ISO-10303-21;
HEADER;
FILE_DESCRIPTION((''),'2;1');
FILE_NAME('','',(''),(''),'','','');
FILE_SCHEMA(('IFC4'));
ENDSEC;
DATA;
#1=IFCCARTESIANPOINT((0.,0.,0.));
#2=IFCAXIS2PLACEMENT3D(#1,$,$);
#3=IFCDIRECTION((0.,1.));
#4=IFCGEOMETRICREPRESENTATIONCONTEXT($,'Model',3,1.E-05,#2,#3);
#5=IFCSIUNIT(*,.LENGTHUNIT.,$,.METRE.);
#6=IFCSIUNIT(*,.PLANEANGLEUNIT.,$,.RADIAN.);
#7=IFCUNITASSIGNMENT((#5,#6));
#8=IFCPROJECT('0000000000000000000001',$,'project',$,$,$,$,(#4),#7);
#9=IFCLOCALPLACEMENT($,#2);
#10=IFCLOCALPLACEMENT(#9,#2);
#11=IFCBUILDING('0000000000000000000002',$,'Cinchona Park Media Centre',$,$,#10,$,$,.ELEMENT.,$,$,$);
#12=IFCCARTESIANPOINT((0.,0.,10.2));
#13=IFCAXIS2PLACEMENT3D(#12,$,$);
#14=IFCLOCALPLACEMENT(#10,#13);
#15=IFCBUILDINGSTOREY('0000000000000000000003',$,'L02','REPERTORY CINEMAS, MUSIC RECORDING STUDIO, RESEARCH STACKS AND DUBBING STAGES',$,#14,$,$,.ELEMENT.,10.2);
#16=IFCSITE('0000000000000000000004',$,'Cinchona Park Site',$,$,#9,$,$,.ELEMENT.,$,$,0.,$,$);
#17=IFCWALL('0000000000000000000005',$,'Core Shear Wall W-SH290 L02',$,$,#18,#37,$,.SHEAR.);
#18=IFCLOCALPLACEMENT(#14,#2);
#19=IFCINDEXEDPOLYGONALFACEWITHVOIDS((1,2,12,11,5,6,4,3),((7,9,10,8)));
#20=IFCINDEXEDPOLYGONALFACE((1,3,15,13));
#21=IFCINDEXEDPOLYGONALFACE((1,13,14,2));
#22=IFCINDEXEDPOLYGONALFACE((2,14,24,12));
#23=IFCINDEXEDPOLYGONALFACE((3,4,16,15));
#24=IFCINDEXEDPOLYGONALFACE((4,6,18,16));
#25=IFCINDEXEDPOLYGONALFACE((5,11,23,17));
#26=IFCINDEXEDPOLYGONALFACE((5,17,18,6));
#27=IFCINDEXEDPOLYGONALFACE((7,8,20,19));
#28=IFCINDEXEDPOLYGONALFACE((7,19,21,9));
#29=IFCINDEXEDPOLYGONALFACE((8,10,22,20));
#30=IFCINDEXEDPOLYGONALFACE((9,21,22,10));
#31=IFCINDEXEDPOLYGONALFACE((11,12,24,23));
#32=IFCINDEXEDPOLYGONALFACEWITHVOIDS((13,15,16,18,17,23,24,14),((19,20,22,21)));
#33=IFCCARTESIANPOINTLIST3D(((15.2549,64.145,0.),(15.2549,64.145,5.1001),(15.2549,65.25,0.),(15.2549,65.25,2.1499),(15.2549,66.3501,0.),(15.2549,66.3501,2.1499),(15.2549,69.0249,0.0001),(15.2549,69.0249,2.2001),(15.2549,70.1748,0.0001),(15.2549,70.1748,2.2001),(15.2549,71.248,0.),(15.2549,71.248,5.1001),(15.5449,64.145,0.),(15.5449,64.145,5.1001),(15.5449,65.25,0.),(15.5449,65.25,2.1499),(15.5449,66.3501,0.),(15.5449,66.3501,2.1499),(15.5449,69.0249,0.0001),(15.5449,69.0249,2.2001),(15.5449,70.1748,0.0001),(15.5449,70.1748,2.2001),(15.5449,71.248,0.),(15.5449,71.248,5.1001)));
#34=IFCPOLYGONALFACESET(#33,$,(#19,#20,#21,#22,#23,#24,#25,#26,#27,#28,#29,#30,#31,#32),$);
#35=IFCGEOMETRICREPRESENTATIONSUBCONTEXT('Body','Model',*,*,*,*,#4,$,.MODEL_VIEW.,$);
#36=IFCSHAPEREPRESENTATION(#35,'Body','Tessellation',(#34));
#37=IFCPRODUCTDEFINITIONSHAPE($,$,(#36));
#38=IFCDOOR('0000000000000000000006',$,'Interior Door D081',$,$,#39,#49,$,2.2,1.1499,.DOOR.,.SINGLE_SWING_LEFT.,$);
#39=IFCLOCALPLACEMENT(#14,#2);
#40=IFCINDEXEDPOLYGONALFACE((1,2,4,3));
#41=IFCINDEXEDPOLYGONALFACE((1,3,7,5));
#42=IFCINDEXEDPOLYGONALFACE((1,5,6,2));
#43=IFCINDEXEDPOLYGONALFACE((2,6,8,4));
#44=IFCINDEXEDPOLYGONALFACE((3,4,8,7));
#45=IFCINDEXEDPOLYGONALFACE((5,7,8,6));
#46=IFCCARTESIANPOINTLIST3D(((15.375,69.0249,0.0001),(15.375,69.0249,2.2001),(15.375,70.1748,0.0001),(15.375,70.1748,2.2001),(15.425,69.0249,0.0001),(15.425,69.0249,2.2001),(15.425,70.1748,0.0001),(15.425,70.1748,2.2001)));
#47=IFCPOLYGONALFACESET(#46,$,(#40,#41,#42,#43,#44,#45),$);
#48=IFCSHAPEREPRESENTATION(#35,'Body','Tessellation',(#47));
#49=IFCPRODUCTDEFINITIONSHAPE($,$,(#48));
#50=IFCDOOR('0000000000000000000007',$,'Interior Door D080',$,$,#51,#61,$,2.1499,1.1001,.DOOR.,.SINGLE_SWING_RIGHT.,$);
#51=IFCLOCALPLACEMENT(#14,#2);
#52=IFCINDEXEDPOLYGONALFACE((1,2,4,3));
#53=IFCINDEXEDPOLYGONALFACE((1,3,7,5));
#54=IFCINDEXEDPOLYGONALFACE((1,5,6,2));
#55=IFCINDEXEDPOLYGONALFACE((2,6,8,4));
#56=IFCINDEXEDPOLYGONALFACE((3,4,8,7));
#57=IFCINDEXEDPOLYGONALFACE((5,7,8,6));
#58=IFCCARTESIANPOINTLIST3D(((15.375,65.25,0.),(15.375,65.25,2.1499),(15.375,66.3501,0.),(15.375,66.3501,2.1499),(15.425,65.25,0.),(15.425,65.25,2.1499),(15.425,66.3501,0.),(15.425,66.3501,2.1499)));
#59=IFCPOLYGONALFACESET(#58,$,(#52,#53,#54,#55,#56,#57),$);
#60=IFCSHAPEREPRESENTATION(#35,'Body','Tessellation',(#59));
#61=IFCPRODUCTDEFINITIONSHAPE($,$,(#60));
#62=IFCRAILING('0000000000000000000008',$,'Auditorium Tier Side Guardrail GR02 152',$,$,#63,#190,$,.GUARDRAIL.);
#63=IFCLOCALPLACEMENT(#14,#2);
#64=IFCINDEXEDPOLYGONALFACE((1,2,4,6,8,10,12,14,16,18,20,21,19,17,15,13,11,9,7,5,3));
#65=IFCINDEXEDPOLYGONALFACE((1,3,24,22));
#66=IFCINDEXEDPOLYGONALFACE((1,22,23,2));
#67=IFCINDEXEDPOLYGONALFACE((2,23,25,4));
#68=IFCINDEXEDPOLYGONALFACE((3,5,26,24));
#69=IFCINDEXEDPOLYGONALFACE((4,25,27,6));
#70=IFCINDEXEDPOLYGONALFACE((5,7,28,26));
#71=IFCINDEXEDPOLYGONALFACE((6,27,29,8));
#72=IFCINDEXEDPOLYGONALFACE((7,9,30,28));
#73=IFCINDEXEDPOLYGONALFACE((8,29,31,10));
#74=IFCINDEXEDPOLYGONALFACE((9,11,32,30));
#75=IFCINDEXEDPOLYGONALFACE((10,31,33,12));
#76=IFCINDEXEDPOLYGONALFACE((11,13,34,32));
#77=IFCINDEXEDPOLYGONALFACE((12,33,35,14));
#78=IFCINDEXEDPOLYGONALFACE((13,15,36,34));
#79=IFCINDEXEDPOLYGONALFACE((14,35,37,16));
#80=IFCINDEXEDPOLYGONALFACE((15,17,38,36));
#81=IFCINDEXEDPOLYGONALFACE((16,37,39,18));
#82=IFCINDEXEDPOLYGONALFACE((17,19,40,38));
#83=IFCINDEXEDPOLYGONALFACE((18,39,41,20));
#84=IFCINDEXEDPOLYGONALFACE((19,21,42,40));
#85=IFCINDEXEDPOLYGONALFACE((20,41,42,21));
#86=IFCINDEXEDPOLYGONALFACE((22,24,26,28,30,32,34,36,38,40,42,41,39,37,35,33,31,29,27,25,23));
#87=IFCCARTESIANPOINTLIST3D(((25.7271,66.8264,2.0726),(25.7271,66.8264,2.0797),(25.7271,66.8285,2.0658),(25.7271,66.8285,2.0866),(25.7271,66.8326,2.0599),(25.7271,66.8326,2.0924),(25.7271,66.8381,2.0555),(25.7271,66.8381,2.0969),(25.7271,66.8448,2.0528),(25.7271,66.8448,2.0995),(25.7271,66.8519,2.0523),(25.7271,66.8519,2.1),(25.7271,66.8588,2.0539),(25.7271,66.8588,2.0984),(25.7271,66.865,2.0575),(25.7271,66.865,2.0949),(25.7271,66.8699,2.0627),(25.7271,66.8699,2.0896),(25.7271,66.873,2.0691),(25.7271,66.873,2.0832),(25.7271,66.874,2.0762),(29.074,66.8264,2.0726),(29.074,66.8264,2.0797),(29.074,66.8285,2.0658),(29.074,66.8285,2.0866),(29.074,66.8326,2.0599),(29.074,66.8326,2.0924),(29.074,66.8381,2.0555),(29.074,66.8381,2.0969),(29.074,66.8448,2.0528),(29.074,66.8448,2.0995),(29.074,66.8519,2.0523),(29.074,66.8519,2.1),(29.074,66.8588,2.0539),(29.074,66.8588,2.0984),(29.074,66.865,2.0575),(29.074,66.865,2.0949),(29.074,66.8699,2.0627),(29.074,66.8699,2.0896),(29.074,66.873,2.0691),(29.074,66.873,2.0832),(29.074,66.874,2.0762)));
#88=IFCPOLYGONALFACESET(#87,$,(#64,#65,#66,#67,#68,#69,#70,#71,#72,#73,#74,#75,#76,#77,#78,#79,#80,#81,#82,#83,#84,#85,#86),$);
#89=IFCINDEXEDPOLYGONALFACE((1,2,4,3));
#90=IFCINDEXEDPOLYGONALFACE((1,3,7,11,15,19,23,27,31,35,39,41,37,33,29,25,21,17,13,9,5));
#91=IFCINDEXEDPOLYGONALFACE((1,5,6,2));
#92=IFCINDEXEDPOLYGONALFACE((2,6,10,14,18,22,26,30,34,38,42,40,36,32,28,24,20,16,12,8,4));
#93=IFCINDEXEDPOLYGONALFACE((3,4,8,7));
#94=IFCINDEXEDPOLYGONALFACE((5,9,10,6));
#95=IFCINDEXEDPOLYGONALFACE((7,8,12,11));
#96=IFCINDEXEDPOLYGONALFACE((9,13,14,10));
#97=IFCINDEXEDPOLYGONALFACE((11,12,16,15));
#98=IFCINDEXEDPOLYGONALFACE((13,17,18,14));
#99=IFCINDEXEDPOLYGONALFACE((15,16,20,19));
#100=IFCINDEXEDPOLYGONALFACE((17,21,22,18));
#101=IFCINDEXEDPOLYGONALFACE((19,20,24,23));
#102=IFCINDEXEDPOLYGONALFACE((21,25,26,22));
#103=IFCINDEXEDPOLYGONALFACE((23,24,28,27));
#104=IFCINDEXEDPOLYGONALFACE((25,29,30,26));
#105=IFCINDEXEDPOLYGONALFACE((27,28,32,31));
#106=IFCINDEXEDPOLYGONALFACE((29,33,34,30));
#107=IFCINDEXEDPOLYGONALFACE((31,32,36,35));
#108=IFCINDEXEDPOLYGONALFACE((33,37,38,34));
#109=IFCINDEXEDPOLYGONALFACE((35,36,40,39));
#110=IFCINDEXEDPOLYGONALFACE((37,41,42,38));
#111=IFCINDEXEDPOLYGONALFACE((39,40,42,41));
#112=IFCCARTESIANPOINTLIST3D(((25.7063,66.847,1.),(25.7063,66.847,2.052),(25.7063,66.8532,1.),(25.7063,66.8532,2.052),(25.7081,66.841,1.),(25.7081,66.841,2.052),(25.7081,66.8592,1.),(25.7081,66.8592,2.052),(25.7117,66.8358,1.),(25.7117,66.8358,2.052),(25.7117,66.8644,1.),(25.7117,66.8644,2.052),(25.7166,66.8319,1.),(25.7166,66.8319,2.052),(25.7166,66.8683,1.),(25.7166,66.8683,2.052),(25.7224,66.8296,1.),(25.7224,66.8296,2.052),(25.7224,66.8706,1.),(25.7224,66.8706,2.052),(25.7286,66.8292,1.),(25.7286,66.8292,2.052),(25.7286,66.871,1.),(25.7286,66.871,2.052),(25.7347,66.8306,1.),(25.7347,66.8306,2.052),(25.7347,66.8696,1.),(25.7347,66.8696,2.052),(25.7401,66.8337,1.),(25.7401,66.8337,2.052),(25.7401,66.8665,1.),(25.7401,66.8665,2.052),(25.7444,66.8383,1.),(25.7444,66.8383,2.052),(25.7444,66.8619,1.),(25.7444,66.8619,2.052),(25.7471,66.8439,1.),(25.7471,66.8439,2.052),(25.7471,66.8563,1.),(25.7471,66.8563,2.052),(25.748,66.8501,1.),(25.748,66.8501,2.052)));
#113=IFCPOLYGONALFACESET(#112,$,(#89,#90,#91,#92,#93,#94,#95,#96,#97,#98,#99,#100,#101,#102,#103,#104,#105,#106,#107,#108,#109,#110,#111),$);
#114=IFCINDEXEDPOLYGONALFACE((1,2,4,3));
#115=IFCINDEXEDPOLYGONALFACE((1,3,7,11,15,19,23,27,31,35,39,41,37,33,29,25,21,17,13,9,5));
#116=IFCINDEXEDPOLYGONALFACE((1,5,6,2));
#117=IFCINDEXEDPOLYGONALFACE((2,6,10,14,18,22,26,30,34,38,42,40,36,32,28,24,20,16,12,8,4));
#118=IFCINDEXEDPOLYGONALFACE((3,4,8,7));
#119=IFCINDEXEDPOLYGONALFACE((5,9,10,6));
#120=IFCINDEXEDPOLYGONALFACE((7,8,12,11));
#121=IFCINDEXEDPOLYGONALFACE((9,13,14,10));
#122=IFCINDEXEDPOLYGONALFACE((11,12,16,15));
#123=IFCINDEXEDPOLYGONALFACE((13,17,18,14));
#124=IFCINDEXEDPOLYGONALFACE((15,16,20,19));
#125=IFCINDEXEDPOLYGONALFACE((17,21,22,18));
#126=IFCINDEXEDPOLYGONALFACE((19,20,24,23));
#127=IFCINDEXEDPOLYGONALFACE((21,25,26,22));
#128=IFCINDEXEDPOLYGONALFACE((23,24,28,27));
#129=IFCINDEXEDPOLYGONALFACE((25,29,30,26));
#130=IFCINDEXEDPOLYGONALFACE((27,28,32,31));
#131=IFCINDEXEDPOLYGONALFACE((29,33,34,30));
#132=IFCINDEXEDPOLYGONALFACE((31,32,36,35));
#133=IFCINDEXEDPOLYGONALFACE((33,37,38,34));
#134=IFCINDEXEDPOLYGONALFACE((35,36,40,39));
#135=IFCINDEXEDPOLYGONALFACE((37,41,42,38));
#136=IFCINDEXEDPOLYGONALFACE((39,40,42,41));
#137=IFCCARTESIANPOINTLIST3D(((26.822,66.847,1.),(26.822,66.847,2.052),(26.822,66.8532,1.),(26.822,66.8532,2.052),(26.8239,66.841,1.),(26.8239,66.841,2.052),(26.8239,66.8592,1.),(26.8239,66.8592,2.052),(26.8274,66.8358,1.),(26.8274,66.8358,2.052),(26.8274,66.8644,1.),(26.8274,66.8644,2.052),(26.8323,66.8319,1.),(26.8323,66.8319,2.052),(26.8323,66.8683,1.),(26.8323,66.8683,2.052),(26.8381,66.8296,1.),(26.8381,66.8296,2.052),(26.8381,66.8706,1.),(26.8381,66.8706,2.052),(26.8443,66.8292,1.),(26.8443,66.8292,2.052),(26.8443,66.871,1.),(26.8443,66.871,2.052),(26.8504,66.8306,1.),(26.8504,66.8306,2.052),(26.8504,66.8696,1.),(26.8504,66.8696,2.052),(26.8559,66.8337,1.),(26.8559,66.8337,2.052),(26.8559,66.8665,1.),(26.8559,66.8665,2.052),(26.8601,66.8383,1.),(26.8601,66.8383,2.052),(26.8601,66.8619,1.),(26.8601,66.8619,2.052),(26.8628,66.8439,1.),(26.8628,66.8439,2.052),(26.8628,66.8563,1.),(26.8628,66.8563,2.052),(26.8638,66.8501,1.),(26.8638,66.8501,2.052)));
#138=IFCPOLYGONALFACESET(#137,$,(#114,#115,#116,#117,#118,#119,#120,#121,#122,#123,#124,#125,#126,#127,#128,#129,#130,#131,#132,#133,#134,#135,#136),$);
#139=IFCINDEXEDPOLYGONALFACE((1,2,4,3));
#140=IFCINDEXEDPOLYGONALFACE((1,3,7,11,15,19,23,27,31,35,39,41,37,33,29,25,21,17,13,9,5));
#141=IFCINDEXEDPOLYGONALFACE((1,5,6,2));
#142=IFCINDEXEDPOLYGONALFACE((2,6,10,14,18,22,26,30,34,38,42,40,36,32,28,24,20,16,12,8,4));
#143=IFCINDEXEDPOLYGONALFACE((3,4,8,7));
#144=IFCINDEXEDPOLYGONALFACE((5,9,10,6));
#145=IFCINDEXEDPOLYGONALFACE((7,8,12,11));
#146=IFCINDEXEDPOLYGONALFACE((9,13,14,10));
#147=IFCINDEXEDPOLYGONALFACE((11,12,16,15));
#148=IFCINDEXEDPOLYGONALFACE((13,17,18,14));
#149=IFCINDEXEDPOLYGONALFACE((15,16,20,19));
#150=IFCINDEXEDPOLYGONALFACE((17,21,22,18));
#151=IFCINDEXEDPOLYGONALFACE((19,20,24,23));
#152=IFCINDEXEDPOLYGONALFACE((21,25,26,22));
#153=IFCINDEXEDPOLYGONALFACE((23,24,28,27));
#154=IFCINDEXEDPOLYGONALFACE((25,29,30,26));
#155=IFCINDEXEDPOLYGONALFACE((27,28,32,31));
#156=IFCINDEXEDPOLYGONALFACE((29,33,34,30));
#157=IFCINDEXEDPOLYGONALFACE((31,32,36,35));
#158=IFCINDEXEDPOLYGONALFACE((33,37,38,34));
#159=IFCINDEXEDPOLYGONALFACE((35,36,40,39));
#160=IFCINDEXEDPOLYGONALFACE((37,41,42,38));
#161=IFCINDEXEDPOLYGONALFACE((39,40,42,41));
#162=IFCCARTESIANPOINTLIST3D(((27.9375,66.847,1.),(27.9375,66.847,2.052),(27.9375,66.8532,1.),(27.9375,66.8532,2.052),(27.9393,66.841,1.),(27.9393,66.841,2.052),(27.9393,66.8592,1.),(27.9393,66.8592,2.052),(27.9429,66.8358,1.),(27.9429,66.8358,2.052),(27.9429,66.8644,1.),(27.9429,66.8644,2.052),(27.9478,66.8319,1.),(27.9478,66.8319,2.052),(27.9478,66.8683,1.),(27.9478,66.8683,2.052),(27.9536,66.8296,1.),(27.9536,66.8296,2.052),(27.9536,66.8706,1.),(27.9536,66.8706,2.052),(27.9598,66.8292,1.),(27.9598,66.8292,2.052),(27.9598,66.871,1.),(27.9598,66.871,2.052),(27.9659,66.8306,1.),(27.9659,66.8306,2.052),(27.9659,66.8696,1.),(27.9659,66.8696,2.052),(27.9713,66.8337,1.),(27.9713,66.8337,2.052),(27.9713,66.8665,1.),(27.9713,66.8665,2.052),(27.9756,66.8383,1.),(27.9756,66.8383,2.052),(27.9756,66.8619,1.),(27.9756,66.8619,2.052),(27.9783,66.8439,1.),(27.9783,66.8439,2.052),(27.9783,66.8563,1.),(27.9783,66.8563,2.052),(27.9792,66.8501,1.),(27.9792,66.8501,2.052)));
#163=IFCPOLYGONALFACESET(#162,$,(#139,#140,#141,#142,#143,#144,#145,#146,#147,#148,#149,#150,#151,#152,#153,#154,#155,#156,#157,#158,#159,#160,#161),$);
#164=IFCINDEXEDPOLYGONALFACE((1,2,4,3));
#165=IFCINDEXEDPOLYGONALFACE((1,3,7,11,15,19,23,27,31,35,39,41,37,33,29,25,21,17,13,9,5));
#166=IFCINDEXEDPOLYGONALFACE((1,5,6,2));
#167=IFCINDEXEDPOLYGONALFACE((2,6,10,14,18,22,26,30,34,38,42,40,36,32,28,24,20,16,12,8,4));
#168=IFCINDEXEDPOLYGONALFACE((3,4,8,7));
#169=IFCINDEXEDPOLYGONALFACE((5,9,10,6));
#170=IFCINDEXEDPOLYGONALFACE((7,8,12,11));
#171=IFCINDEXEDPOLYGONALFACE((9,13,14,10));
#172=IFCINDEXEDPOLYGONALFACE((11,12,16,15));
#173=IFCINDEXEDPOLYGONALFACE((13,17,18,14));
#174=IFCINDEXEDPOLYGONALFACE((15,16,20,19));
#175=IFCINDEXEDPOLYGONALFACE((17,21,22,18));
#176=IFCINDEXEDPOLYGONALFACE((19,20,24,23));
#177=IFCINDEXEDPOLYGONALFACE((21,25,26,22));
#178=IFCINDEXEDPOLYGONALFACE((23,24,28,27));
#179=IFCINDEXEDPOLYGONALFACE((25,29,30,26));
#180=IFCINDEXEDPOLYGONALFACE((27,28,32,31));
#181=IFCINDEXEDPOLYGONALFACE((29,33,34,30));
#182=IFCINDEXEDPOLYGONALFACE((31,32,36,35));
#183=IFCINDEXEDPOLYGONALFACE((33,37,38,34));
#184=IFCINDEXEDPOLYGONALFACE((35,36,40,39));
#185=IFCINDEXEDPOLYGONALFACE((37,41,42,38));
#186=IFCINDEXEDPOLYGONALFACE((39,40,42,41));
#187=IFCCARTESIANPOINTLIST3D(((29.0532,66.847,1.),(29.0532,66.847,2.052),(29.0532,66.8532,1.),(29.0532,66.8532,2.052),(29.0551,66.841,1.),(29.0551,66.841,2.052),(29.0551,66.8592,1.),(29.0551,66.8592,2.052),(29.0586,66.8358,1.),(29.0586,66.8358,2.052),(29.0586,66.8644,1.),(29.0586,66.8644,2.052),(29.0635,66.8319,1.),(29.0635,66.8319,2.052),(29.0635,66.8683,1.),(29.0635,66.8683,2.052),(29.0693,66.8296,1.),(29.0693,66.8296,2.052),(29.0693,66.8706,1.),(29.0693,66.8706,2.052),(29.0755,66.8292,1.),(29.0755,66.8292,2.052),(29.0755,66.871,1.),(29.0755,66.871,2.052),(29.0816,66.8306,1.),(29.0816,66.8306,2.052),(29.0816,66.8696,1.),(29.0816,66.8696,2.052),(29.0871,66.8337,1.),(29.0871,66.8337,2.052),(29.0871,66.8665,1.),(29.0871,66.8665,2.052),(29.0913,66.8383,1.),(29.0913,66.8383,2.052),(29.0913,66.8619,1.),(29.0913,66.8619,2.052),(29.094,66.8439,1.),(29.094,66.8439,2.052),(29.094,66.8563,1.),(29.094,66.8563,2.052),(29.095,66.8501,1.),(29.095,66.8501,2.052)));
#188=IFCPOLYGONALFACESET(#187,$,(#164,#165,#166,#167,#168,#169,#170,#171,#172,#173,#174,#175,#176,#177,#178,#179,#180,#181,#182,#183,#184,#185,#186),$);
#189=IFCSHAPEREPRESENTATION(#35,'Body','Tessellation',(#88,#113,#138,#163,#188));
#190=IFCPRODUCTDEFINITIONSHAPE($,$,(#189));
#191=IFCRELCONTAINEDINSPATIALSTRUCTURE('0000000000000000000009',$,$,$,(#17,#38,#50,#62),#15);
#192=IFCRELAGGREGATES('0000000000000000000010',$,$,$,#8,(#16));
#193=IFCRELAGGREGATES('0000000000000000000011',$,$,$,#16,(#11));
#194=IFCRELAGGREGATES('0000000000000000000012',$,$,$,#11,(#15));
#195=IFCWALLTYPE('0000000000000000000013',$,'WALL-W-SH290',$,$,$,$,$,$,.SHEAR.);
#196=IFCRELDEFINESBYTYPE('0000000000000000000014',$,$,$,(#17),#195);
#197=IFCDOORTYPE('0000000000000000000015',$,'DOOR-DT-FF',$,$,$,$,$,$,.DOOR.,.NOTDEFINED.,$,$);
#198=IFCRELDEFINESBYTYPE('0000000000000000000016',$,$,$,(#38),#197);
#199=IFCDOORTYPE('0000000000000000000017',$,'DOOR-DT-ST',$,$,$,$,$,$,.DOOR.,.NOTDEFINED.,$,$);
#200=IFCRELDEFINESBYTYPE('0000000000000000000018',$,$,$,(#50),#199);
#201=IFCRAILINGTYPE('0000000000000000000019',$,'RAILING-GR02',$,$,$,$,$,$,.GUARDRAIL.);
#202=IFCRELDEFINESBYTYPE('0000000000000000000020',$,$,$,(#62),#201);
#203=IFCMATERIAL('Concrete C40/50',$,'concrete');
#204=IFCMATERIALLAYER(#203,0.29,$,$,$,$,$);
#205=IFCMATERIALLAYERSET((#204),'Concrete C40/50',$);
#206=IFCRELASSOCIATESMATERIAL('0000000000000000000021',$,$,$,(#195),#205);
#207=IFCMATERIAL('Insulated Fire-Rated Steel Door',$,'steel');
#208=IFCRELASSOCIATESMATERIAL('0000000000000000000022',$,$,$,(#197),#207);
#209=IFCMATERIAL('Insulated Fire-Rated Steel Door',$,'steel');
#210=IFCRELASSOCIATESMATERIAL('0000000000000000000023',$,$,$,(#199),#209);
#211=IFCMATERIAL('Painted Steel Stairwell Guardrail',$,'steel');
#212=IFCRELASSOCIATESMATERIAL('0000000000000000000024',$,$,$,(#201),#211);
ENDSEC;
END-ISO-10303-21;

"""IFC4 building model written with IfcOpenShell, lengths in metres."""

from ifc_helpers import new_model, si_unit, direction, frame, frame_2d, origin, origin_2d, place, context, subcontext, project, spatial, rectangle, circle, extrude, material, layer, layer_set, type_object, element, fill, save


model = new_model("IFC4")

# Units and contexts
model_context = context("Model", 3, precision=1e-05, world=origin(), true_north=direction((0.0, 1.0)))
body_context = subcontext(model_context, "Body", "Model", "MODEL_VIEW")
ifc_project = project(units=[si_unit("LENGTHUNIT", "METRE"), si_unit("PLANEANGLEUNIT", "RADIAN")], contexts=[model_context])

# Site, building, storey
site_placement = place(None, origin())
site = spatial("IfcSite", under=ifc_project, at=site_placement, Name="Cinchona Park Site", CompositionType="ELEMENT", RefElevation=0.0)
building_placement = place(site_placement, origin())
building = spatial("IfcBuilding", under=site, at=building_placement, Name="Cinchona Park Media Centre", CompositionType="ELEMENT")
storey_placement = place(building_placement, frame((0.0, 0.0, 10.2)))
storey = spatial("IfcBuildingStorey", under=building, at=storey_placement, Name="L02", Description="REPERTORY CINEMAS, MUSIC RECORDING STUDIO, RESEARCH STACKS AND DUBBING STAGES", CompositionType="ELEMENT", Elevation=10.2)

# Wall, openings, doors
ifc_material_1 = material(Name="Concrete C40/50", Category="concrete")
ifc_layer_1 = layer(ifc_material_1, 0.29)
ifc_layer_set_1 = layer_set([ifc_layer_1], Name="Concrete C40/50")
wall_type_1 = type_object("IfcWallType", Name="WALL-W-SH290", PredefinedType="SHEAR", material=ifc_layer_set_1)
wall_1_placement = place(storey_placement, frame((15.3999, 64.145, 0.0), z_axis=(0.0, 0.0, 1.0), x_axis=(0.0, 1.0, 0.0)))
wall_1 = element("IfcWall", 1, at=wall_1_placement, inside=storey, type_object=wall_type_1, Name="Core Shear Wall W-SH290 L02", PredefinedType="SHEAR", context=body_context, shape_type="SweptSolid", body=[
    extrude(rectangle(XDim=7.103, YDim=0.29, at=frame_2d((3.5515, 0.0))), origin(), (0.0, 0.0, 1.0), 5.1001),
])
opening_1_placement = place(wall_1_placement, frame((1.105, 0.0, 0.0)))
opening_1 = element("IfcOpeningElement", 2, at=opening_1_placement, cuts=wall_1, PredefinedType="OPENING", context=body_context, shape_type="SweptSolid", body=[
    extrude(rectangle(XDim=1.1001, YDim=2.1499, at=frame_2d((0.55, 1.075))), frame((0.0, 0.155, 0.0), z_axis=(0.0, -1.0, 0.0), x_axis=(1.0, 0.0, 0.0)), (0.0, 0.0, 1.0), 0.3101),
])
opening_2_placement = place(wall_1_placement, frame((4.8799, 0.0, 0.0)))
opening_2 = element("IfcOpeningElement", 3, at=opening_2_placement, cuts=wall_1, PredefinedType="OPENING", context=body_context, shape_type="SweptSolid", body=[
    extrude(rectangle(XDim=1.1499, YDim=2.2, at=frame_2d((0.575, 1.1001))), frame((0.0, 0.155, 0.0), z_axis=(0.0, -1.0, 0.0), x_axis=(1.0, 0.0, 0.0)), (0.0, 0.0, 1.0), 0.3101),
])
ifc_material_2 = material(Name="Insulated Fire-Rated Steel Door", Category="steel")
door_type_1 = type_object("IfcDoorType", Name="DOOR-DT-FF", OperationType="NOTDEFINED", PredefinedType="DOOR", material=ifc_material_2)
door_1_placement = place(opening_2_placement, origin())
door_1 = element("IfcDoor", 4, at=door_1_placement, inside=storey, type_object=door_type_1, Name="Interior Door D081", OperationType="SINGLE_SWING_LEFT", OverallHeight=2.2, OverallWidth=1.1499, PredefinedType="DOOR", context=body_context, shape_type="SweptSolid", body=[
    extrude(rectangle(XDim=1.1499, YDim=2.2, at=frame_2d((0.575, 1.1001))), frame((0.0, 0.0249, 0.0), z_axis=(0.0, -1.0, 0.0), x_axis=(1.0, 0.0, 0.0)), (0.0, 0.0, 1.0), 0.05),
])
fill(opening_2, door_1)
ifc_material_3 = material(Name="Insulated Fire-Rated Steel Door", Category="steel")
door_type_2 = type_object("IfcDoorType", Name="DOOR-DT-ST", OperationType="NOTDEFINED", PredefinedType="DOOR", material=ifc_material_3)
door_2_placement = place(opening_1_placement, origin())
door_2 = element("IfcDoor", 5, at=door_2_placement, inside=storey, type_object=door_type_2, Name="Interior Door D080", OperationType="SINGLE_SWING_RIGHT", OverallHeight=2.1499, OverallWidth=1.1001, PredefinedType="DOOR", context=body_context, shape_type="SweptSolid", body=[
    extrude(rectangle(XDim=1.1001, YDim=2.1499, at=frame_2d((0.55, 1.075))), frame((0.0, 0.0249, 0.0), z_axis=(0.0, -1.0, 0.0), x_axis=(1.0, 0.0, 0.0)), (0.0, 0.0, 1.0), 0.05),
])
fill(opening_1, door_2)

# Railing
ifc_material_4 = material(Name="Painted Steel Stairwell Guardrail", Category="steel")
railing_type = type_object("IfcRailingType", Name="RAILING-GR02", PredefinedType="GUARDRAIL", material=ifc_material_4)
railing_placement = place(storey_placement, frame((25.7271, 66.8501, 1.0)))
element("IfcRailing", 6, at=railing_placement, inside=storey, type_object=railing_type, Name="Auditorium Tier Side Guardrail GR02 152", PredefinedType="GUARDRAIL", context=body_context, shape_type="SweptSolid", body=[
    extrude(circle(Radius=0.0239, at=origin_2d()), frame((0.0, 0.0, 1.0762), z_axis=(1.0, 0.0, 0.0), x_axis=(0.0, 1.0, 0.0)), (0.0, 0.0, 1.0), 3.3469),
    extrude(circle(Radius=0.021, at=origin_2d()), origin(), (0.0, 0.0, 1.0), 1.052),
    extrude(circle(Radius=0.021, at=origin_2d()), frame((1.1157, 0.0, 0.0)), (0.0, 0.0, 1.0), 1.052),
    extrude(circle(Radius=0.021, at=origin_2d()), frame((2.2312, 0.0, 0.0)), (0.0, 0.0, 1.0), 1.052),
    extrude(circle(Radius=0.021, at=origin_2d()), frame((3.3469, 0.0, 0.0)), (0.0, 0.0, 1.0), 1.052),
])

save(model, "model.ifc")
